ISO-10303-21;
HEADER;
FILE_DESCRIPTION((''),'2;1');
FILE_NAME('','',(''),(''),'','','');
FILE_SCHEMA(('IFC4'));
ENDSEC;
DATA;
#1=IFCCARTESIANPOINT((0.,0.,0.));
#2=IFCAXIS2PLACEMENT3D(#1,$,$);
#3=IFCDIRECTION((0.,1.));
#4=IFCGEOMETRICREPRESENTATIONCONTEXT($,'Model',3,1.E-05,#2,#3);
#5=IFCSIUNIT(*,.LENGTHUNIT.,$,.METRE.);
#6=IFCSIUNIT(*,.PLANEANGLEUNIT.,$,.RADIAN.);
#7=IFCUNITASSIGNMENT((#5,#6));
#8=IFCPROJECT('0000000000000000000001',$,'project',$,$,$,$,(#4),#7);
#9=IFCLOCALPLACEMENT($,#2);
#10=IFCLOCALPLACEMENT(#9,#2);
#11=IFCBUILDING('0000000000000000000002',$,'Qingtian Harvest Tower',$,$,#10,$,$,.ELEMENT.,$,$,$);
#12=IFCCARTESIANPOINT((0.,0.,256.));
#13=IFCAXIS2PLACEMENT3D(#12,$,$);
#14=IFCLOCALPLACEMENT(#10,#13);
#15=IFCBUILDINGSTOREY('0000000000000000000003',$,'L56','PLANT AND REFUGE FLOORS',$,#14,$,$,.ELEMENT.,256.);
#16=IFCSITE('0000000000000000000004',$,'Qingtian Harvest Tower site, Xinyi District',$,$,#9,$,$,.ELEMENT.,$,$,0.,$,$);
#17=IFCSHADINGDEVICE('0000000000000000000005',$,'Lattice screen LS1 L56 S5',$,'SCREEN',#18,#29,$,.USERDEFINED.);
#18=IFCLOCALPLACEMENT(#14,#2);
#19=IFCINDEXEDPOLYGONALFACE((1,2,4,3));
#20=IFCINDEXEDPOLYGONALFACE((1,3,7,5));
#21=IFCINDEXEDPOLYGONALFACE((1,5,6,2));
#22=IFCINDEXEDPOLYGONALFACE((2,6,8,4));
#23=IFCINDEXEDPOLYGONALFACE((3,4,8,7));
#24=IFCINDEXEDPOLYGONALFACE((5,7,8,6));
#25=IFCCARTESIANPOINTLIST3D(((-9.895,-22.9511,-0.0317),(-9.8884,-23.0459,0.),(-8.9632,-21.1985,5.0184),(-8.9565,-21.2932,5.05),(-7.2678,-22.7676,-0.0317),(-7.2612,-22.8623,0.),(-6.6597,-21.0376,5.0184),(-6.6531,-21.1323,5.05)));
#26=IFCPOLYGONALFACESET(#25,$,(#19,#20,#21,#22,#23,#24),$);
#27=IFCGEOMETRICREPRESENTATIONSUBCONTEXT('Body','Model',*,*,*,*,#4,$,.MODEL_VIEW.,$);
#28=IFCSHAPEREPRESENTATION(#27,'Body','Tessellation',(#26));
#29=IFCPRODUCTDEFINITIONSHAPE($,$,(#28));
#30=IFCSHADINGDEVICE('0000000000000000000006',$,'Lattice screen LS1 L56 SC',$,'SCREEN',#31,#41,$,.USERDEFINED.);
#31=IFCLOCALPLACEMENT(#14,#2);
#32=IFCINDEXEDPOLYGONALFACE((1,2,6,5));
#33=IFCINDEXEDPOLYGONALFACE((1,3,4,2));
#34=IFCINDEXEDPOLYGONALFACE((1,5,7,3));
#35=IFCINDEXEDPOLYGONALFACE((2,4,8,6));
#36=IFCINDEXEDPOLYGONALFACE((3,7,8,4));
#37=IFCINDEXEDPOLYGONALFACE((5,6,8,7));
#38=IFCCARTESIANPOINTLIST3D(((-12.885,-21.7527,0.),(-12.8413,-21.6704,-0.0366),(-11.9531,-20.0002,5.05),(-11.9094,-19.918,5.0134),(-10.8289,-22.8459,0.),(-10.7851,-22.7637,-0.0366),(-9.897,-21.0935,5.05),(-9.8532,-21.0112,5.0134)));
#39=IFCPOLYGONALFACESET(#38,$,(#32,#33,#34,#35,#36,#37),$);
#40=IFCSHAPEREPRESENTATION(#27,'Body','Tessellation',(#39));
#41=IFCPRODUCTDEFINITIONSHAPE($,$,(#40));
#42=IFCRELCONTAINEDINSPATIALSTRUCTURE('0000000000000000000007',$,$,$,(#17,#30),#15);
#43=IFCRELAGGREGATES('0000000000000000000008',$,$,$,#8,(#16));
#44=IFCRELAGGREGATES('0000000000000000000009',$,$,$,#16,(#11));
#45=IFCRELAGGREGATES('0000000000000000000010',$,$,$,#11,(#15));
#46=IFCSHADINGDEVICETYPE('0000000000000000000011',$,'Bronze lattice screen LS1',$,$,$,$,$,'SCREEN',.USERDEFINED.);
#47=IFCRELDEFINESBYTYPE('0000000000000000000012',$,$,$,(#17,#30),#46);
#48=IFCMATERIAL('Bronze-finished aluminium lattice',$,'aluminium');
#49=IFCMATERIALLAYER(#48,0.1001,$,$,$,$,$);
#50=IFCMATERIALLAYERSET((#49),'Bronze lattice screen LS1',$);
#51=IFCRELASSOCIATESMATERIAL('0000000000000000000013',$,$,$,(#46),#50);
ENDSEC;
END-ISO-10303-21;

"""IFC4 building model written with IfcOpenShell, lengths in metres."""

from ifc_helpers import new_model, si_unit, direction, frame, origin, place, context, subcontext, project, spatial, polyline, outline, extrude, material, layer, layer_set, type_object, element, save


model = new_model("IFC4")

# Units and contexts
model_context = context("Model", 3, precision=1e-05, world=origin(), true_north=direction((0.0, 1.0)))
body_context = subcontext(model_context, "Body", "Model", "MODEL_VIEW")
ifc_project = project(units=[si_unit("LENGTHUNIT", "METRE"), si_unit("PLANEANGLEUNIT", "RADIAN")], contexts=[model_context])

# Site, building, storey
site_placement = place(None, origin())
site = spatial("IfcSite", under=ifc_project, at=site_placement, Name="Qingtian Harvest Tower site, Xinyi District", CompositionType="ELEMENT", RefElevation=0.0)
building_placement = place(site_placement, origin())
building = spatial("IfcBuilding", under=site, at=building_placement, Name="Qingtian Harvest Tower", CompositionType="ELEMENT")
storey_placement = place(building_placement, frame((0.0, 0.0, 256.0)))
storey = spatial("IfcBuildingStorey", under=building, at=storey_placement, Name="L56", Description="PLANT AND REFUGE FLOORS", CompositionType="ELEMENT", Elevation=256.0)

# Shading devices
ifc_material_1 = material(Name="Bronze-finished aluminium lattice", Category="aluminium")
ifc_layer_1 = layer(ifc_material_1, 0.1001)
ifc_layer_set_1 = layer_set([ifc_layer_1], Name="Bronze lattice screen LS1")
shading_device_type = type_object("IfcShadingDeviceType", Name="Bronze lattice screen LS1", ElementType="SCREEN", PredefinedType="USERDEFINED", material=ifc_layer_set_1)
shading_device_1_placement = place(storey_placement, frame((-7.2612, -22.8623, 0.0), z_axis=(0.066119, -0.946372, 0.316242), x_axis=(-0.997568, -0.069697, -0.000005)))
element("IfcShadingDevice", 1, at=shading_device_1_placement, inside=storey, type_object=shading_device_type, Name="Lattice screen LS1 L56 S5", ObjectType="SCREEN", PredefinedType="USERDEFINED", context=body_context, shape_type="SweptSolid", body=[
    extrude(outline(polyline([(0.0, 0.0), (2.6336, 0.0), (1.5818, -5.3233), (-0.7273, -5.3232), (0.0, 0.0)])), origin(), (0.0, 0.0, -1.0), 0.1001),
])
shading_device_2_placement = place(storey_placement, frame((-10.8289, -22.8459, 0.0), z_axis=(-0.436932, -0.821759, 0.36579), x_axis=(-0.88295, 0.469467, 0.0)))
element("IfcShadingDevice", 2, at=shading_device_2_placement, inside=storey, type_object=shading_device_type, Name="Lattice screen LS1 L56 SC", ObjectType="SCREEN", PredefinedType="USERDEFINED", context=body_context, shape_type="SweptSolid", body=[
    extrude(outline(polyline([(0.0, 0.0), (2.3287, 0.0), (2.3286, -5.4261), (-0.0001, -5.4261), (0.0, 0.0)])), origin(), (0.0, 0.0, -1.0), 0.1001),
])

save(model, "model.ifc")
